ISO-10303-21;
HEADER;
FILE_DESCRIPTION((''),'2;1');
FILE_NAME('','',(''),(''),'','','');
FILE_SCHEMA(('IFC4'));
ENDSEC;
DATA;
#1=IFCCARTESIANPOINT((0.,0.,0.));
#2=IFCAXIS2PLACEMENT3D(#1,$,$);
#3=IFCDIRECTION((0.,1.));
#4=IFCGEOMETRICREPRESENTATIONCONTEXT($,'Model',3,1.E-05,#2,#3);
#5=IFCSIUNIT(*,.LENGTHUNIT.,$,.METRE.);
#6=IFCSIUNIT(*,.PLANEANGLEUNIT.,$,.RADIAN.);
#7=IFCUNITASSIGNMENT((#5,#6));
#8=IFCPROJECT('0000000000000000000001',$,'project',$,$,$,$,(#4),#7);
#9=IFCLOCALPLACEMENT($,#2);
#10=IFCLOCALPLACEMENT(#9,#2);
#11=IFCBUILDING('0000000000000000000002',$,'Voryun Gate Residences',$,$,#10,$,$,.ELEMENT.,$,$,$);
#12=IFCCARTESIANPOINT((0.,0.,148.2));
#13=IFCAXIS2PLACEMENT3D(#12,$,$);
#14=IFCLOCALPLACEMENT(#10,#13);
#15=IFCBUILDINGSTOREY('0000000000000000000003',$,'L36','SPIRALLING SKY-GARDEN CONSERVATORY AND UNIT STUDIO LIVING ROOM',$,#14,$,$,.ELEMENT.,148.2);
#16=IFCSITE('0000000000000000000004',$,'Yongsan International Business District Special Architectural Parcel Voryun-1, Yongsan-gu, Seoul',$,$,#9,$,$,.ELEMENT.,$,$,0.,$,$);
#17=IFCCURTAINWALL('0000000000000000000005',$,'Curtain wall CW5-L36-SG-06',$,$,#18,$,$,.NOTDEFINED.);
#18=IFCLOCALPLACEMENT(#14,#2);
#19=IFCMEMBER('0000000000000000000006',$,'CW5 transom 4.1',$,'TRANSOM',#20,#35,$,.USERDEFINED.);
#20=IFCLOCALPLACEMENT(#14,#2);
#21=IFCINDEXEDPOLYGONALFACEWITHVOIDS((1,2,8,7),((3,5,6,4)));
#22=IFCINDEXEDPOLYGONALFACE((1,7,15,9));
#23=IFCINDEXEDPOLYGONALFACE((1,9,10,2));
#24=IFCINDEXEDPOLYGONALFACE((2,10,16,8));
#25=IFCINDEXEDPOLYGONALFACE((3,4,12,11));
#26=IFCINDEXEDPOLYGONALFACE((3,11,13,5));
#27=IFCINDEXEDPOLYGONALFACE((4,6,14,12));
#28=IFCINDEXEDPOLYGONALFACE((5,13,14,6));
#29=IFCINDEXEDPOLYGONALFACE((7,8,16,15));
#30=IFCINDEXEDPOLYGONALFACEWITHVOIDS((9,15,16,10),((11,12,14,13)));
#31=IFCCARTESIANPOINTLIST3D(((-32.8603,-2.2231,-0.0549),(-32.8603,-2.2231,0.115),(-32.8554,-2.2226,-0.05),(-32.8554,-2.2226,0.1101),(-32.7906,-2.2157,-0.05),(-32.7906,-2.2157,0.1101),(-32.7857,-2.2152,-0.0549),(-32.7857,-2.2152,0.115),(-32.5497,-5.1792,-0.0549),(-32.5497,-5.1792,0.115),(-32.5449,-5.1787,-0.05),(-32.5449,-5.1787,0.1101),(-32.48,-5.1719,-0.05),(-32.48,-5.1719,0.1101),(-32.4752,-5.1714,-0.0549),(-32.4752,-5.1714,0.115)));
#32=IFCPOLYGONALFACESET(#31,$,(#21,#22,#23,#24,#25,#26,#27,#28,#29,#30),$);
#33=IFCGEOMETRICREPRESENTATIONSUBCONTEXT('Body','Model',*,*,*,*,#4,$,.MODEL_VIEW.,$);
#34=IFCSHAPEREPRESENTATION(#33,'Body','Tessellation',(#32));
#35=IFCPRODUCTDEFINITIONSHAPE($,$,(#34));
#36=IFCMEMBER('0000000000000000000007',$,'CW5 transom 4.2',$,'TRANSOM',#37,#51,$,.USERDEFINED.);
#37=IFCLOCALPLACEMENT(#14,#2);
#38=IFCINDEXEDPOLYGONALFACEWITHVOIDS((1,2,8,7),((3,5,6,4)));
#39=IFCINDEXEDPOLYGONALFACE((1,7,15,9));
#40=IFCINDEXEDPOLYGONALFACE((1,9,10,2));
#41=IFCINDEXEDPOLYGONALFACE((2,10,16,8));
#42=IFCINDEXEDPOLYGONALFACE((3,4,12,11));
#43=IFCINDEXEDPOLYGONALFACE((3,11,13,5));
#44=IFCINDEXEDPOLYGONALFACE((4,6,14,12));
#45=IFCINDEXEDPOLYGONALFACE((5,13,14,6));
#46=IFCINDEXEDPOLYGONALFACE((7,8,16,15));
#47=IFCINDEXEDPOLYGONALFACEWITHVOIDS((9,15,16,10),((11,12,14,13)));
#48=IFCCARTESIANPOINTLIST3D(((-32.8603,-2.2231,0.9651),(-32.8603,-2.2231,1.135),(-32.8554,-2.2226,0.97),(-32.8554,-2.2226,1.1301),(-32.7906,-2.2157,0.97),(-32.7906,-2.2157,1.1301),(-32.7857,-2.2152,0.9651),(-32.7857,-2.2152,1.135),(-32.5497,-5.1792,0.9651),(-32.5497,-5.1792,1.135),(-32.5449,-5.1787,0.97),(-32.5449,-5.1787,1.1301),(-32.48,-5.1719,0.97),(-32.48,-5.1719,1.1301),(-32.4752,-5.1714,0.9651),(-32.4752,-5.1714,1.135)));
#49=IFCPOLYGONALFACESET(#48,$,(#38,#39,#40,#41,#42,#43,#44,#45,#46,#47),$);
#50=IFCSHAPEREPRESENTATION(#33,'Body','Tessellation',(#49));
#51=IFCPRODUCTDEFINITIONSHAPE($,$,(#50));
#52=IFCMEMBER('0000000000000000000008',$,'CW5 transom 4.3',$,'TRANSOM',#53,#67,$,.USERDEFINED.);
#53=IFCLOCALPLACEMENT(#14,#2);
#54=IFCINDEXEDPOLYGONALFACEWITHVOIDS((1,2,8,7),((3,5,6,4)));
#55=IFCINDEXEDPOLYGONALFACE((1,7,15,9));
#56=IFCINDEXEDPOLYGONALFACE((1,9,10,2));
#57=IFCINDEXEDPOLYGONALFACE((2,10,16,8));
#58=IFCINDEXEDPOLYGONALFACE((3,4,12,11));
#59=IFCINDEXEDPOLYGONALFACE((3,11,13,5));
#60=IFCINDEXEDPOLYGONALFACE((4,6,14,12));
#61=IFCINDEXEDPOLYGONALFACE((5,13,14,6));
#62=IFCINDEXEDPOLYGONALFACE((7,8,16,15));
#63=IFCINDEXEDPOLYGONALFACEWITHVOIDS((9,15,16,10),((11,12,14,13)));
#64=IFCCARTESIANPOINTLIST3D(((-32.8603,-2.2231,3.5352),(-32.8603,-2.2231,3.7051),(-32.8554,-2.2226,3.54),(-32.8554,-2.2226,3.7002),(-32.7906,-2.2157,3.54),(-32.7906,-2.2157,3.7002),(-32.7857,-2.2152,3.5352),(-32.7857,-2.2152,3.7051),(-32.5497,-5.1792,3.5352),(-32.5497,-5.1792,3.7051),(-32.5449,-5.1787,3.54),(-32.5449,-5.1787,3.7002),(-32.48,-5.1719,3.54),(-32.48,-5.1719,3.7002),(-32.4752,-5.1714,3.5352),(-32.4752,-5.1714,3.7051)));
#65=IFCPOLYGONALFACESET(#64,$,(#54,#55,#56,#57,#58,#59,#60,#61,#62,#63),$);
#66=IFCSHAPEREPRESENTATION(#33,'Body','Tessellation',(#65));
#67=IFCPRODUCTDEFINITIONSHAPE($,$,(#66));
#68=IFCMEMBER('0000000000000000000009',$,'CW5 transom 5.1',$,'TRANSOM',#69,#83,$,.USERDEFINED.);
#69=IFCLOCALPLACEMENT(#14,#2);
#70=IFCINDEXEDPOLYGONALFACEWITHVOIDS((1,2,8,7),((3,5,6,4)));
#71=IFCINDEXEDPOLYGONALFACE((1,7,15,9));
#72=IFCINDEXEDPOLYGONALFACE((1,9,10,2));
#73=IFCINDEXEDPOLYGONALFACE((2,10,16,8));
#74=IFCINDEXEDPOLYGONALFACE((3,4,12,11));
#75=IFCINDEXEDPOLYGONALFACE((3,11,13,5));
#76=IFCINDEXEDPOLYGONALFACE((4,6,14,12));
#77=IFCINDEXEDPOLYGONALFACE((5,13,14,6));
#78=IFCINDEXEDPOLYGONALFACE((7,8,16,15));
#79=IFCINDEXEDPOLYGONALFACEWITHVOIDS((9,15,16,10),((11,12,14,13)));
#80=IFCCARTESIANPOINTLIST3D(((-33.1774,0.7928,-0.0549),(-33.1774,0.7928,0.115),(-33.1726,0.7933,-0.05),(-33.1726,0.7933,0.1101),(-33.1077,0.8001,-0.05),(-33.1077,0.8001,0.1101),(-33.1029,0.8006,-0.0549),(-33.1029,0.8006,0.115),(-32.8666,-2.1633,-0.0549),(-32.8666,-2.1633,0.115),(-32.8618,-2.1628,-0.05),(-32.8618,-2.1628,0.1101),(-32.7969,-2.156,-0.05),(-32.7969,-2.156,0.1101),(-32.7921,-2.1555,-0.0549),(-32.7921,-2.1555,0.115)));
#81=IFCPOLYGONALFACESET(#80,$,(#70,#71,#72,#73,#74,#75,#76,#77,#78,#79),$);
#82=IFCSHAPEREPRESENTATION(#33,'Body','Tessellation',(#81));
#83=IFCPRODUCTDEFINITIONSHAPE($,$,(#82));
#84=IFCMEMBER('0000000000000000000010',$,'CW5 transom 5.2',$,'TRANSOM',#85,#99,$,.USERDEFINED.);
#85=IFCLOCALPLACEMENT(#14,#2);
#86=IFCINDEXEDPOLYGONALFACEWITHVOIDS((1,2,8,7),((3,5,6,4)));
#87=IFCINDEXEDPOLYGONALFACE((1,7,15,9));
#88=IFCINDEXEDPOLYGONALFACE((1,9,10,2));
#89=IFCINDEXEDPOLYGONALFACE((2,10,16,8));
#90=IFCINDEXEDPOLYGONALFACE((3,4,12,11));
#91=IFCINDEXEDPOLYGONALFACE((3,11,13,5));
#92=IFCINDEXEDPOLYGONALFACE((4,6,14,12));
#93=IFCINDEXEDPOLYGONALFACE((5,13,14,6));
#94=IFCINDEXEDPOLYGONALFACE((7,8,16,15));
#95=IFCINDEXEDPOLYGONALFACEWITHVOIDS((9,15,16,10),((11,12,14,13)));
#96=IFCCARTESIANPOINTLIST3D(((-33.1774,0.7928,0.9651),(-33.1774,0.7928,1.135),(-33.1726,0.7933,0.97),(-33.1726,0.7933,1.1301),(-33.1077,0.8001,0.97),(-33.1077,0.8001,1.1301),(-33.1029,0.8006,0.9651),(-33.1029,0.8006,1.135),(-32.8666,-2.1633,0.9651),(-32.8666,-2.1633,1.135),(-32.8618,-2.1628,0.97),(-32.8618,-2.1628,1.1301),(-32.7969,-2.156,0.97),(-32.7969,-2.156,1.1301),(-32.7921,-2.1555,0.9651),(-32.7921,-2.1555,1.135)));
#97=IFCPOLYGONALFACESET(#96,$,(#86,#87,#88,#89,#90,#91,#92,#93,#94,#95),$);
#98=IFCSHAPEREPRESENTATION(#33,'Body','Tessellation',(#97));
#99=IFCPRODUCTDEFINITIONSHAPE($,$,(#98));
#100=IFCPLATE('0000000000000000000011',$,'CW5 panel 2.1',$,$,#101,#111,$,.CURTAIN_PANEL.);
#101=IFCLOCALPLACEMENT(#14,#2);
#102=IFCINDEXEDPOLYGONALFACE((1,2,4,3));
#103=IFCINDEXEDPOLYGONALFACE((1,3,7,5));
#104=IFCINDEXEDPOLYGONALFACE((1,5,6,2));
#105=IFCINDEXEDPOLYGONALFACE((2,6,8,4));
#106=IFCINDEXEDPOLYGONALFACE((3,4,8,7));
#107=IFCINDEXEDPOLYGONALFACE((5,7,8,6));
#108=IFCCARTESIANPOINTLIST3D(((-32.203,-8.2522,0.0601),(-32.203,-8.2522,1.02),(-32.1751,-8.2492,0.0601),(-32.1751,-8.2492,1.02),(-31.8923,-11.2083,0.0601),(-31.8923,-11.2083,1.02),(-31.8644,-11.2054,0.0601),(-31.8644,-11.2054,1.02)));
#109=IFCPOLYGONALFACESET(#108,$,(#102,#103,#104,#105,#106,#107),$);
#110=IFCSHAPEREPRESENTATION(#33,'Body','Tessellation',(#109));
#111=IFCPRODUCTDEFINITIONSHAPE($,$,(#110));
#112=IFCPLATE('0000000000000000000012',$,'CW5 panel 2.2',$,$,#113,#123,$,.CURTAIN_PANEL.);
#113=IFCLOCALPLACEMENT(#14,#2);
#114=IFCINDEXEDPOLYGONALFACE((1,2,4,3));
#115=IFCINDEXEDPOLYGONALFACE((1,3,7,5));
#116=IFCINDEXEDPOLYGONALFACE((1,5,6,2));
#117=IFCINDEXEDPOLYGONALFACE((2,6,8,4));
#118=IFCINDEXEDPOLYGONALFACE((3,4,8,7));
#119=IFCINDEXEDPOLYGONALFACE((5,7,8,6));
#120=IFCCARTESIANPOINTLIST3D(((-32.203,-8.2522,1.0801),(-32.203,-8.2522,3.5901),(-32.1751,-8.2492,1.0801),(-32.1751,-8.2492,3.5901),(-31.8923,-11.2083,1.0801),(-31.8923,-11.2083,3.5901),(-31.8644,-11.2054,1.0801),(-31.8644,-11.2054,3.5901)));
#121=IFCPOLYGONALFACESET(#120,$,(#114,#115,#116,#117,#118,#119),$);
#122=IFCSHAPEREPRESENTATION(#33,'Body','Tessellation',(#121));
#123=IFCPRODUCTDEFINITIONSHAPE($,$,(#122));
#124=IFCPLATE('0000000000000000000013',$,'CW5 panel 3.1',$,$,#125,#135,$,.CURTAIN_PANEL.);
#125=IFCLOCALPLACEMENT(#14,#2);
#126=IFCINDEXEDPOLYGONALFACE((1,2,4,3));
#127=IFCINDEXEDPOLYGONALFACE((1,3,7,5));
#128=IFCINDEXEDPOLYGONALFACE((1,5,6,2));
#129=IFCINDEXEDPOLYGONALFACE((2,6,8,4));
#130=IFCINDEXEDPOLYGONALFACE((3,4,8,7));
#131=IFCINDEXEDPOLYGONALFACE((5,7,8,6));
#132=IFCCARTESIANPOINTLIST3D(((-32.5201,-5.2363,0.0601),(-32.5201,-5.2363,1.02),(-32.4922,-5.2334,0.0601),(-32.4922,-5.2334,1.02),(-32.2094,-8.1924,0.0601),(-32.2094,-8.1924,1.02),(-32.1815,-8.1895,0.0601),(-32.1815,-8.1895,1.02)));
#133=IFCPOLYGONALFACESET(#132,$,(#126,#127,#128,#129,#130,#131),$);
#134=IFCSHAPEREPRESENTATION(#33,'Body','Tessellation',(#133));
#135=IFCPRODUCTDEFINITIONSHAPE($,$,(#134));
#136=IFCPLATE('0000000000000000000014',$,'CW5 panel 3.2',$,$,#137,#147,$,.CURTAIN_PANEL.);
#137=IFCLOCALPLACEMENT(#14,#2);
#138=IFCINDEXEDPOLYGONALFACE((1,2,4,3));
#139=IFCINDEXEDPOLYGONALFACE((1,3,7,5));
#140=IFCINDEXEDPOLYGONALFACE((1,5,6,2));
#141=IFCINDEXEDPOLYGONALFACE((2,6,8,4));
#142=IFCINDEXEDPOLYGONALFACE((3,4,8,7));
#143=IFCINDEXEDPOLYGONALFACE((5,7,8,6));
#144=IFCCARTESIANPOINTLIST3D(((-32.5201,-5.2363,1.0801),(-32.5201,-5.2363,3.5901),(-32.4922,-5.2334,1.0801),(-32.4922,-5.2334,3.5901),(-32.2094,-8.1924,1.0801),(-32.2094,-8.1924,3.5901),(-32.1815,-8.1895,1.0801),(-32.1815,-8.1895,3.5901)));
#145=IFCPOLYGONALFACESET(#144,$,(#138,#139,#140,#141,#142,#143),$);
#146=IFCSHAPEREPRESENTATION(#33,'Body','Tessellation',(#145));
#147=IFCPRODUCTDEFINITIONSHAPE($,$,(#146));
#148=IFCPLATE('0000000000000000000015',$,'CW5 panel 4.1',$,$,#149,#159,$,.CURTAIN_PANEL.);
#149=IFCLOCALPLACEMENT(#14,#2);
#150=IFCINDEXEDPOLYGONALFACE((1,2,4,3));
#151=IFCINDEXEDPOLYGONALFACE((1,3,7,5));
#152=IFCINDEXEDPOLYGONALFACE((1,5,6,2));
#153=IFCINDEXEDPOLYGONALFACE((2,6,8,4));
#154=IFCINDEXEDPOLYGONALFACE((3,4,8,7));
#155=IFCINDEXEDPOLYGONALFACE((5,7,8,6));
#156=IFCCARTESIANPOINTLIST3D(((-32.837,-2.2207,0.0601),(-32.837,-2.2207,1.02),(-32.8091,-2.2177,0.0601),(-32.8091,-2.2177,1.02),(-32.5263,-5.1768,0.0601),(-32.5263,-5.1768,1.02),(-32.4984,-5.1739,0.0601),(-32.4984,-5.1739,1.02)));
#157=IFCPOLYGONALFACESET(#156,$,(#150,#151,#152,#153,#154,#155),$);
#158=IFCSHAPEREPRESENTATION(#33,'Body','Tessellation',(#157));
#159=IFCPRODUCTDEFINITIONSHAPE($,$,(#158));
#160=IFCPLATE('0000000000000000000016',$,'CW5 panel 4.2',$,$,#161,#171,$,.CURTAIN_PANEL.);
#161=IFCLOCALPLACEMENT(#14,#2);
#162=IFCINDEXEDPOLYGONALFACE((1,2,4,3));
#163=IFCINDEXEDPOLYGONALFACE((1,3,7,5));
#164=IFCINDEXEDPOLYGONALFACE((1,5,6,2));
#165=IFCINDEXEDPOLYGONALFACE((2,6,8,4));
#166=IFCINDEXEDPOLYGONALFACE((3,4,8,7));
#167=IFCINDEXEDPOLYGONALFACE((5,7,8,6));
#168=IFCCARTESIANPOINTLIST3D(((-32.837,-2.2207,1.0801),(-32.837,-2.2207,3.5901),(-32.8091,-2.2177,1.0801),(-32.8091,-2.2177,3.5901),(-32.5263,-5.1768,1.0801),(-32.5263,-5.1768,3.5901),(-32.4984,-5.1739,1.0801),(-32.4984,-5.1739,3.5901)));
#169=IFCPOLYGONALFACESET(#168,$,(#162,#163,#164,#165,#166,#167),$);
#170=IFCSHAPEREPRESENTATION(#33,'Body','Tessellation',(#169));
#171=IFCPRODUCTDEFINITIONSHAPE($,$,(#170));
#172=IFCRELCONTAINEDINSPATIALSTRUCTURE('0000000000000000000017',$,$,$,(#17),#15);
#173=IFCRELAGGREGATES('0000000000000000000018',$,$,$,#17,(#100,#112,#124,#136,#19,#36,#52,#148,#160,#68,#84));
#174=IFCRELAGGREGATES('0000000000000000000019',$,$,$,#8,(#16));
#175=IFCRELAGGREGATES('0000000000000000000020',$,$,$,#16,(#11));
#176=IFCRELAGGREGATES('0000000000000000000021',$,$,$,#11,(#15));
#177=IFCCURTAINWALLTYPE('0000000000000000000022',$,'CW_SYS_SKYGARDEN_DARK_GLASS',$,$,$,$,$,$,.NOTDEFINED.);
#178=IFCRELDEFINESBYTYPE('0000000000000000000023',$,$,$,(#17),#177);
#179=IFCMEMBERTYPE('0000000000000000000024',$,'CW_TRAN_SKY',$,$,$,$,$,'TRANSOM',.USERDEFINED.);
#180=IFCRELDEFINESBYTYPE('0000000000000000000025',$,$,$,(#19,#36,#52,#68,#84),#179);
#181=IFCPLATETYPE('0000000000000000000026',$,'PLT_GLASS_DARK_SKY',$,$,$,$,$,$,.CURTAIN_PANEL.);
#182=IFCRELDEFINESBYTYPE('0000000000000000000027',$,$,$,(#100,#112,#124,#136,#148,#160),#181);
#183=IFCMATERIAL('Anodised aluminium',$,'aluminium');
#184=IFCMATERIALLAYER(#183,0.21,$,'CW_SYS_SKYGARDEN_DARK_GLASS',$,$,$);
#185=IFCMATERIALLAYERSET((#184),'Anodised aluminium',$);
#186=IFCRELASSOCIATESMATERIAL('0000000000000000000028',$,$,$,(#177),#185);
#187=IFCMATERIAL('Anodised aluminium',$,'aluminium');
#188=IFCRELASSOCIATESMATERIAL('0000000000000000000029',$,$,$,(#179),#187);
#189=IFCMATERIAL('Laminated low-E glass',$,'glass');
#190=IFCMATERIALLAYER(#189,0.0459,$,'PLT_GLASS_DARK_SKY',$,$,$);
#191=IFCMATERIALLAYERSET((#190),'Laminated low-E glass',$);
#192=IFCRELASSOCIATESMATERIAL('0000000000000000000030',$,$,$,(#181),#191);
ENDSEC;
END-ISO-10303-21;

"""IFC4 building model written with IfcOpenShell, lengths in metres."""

from ifc_helpers import new_model, si_unit, direction, frame, origin, origin_2d, place, context, subcontext, project, spatial, rectangle, hollow_rectangle, extrude, material, layer, layer_set, material_profile, profile_set, type_object, element, aggregate, save


model = new_model("IFC4")

# Units and contexts
model_context = context("Model", 3, precision=1e-05, world=origin(), true_north=direction((0.0, 1.0)))
body_context = subcontext(model_context, "Body", "Model", "MODEL_VIEW")
ifc_project = project(units=[si_unit("LENGTHUNIT", "METRE"), si_unit("PLANEANGLEUNIT", "RADIAN")], contexts=[model_context])

# Site, building, storey
site_placement = place(None, origin())
site = spatial("IfcSite", under=ifc_project, at=site_placement, Name="Yongsan International Business District Special Architectural Parcel Voryun-1, Yongsan-gu, Seoul", CompositionType="ELEMENT", RefElevation=0.0)
building_placement = place(site_placement, origin())
building = spatial("IfcBuilding", under=site, at=building_placement, Name="Voryun Gate Residences", CompositionType="ELEMENT")
storey_placement = place(building_placement, frame((0.0, 0.0, 148.2)))
storey = spatial("IfcBuildingStorey", under=building, at=storey_placement, Name="L36", Description="SPIRALLING SKY-GARDEN CONSERVATORY AND UNIT STUDIO LIVING ROOM", CompositionType="ELEMENT", Elevation=148.2)

# Curtain wall, members, plates
ifc_material_1 = material(Name="Anodised aluminium", Category="aluminium")
ifc_layer_1 = layer(ifc_material_1, 0.21, Name="CW_SYS_SKYGARDEN_DARK_GLASS")
ifc_layer_set_1 = layer_set([ifc_layer_1], Name="Anodised aluminium")
curtain_wall_type = type_object("IfcCurtainWallType", Name="CW_SYS_SKYGARDEN_DARK_GLASS", PredefinedType="NOTDEFINED", material=ifc_layer_set_1)
curtain_wall_placement = place(storey_placement, origin())
curtain_wall = element("IfcCurtainWall", 1, at=curtain_wall_placement, inside=storey, type_object=curtain_wall_type, Name="Curtain wall CW5-L36-SG-06", PredefinedType="NOTDEFINED")
ifc_material_2 = material(Name="Anodised aluminium", Category="aluminium")
ifc_material_profile_1 = material_profile(ifc_material_2, hollow_rectangle(XDim=0.075, YDim=0.1699, WallThickness=0.0049, at=origin_2d()), Name="ALU-TRAN-170x75x5")
ifc_profile_set_1 = profile_set([ifc_material_profile_1], Name="Anodised aluminium")
member_type_1 = type_object("IfcMemberType", Name="CW_TRAN_SKY", ElementType="TRANSOM", PredefinedType="USERDEFINED", material=ifc_profile_set_1)
member_1_placement = place(storey_placement, frame((-32.5125, -5.1753, 0.03), z_axis=(-0.10448, 0.994527, 0.0), x_axis=(-0.994527, -0.10448, 0.0)))
member_1 = element("IfcMember", 2, at=member_1_placement, type_object=member_type_1, Name="CW5 transom 4.1", ObjectType="TRANSOM", PredefinedType="USERDEFINED", context=body_context, shape_type="SweptSolid", body=[
    extrude(hollow_rectangle(XDim=0.075, YDim=0.1699, WallThickness=0.0049, at=origin_2d()), origin(), (0.0, 0.0, 1.0), 2.9724),
])
member_2_placement = place(storey_placement, frame((-32.5125, -5.1753, 1.05), z_axis=(-0.10448, 0.994527, 0.0), x_axis=(-0.994527, -0.10448, 0.0)))
member_2 = element("IfcMember", 3, at=member_2_placement, type_object=member_type_1, Name="CW5 transom 4.2", ObjectType="TRANSOM", PredefinedType="USERDEFINED", context=body_context, shape_type="SweptSolid", body=[
    extrude(hollow_rectangle(XDim=0.075, YDim=0.1699, WallThickness=0.0049, at=origin_2d()), origin(), (0.0, 0.0, 1.0), 2.9724),
])
member_3_placement = place(storey_placement, frame((-32.5125, -5.1753, 3.6201), z_axis=(-0.10448, 0.994527, 0.0), x_axis=(-0.994527, -0.10448, 0.0)))
member_3 = element("IfcMember", 4, at=member_3_placement, type_object=member_type_1, Name="CW5 transom 4.3", ObjectType="TRANSOM", PredefinedType="USERDEFINED", context=body_context, shape_type="SweptSolid", body=[
    extrude(hollow_rectangle(XDim=0.075, YDim=0.1699, WallThickness=0.0049, at=origin_2d()), origin(), (0.0, 0.0, 1.0), 2.9724),
])
member_4_placement = place(storey_placement, frame((-32.8293, -2.1594, 0.03), z_axis=(-0.104561, 0.994518, 0.0), x_axis=(-0.994518, -0.104561, 0.0)))
member_4 = element("IfcMember", 5, at=member_4_placement, type_object=member_type_1, Name="CW5 transom 5.1", ObjectType="TRANSOM", PredefinedType="USERDEFINED", context=body_context, shape_type="SweptSolid", body=[
    extrude(hollow_rectangle(XDim=0.075, YDim=0.1699, WallThickness=0.0049, at=origin_2d()), origin(), (0.0, 0.0, 1.0), 2.9724),
])
member_5_placement = place(storey_placement, frame((-32.8293, -2.1594, 1.05), z_axis=(-0.104561, 0.994518, 0.0), x_axis=(-0.994518, -0.104561, 0.0)))
member_5 = element("IfcMember", 6, at=member_5_placement, type_object=member_type_1, Name="CW5 transom 5.2", ObjectType="TRANSOM", PredefinedType="USERDEFINED", context=body_context, shape_type="SweptSolid", body=[
    extrude(hollow_rectangle(XDim=0.075, YDim=0.1699, WallThickness=0.0049, at=origin_2d()), origin(), (0.0, 0.0, 1.0), 2.9724),
])
ifc_material_3 = material(Name="Laminated low-E glass", Category="glass")
ifc_layer_2 = layer(ifc_material_3, 0.0459, Name="PLT_GLASS_DARK_SKY")
ifc_layer_set_2 = layer_set([ifc_layer_2], Name="Laminated low-E glass")
plate_type = type_object("IfcPlateType", Name="PLT_GLASS_DARK_SKY", PredefinedType="CURTAIN_PANEL", material=ifc_layer_set_2)
plate_1_placement = place(storey_placement, frame((-32.0337, -9.7288, 0.0601), z_axis=(0.0, 0.0, 1.0), x_axis=(-0.10453, 0.994522, 0.0)))
plate_1 = element("IfcPlate", 7, at=plate_1_placement, type_object=plate_type, Name="CW5 panel 2.1", PredefinedType="CURTAIN_PANEL", context=body_context, shape_type="SweptSolid", body=[
    extrude(rectangle(XDim=2.9724, YDim=0.0281, at=origin_2d()), origin(), (0.0, 0.0, 1.0), 0.96),
])
plate_2_placement = place(storey_placement, frame((-32.0337, -9.7288, 1.0801), z_axis=(0.0, 0.0, 1.0), x_axis=(-0.10453, 0.994522, 0.0)))
plate_2 = element("IfcPlate", 8, at=plate_2_placement, type_object=plate_type, Name="CW5 panel 2.2", PredefinedType="CURTAIN_PANEL", context=body_context, shape_type="SweptSolid", body=[
    extrude(rectangle(XDim=2.9724, YDim=0.0281, at=origin_2d()), origin(), (0.0, 0.0, 1.0), 2.51),
])
plate_3_placement = place(storey_placement, frame((-32.3508, -6.7129, 0.0601), z_axis=(0.0, 0.0, 1.0), x_axis=(-0.10453, 0.994522, 0.0)))
plate_3 = element("IfcPlate", 9, at=plate_3_placement, type_object=plate_type, Name="CW5 panel 3.1", PredefinedType="CURTAIN_PANEL", context=body_context, shape_type="SweptSolid", body=[
    extrude(rectangle(XDim=2.9724, YDim=0.0281, at=origin_2d()), origin(), (0.0, 0.0, 1.0), 0.96),
])
plate_4_placement = place(storey_placement, frame((-32.3508, -6.7129, 1.0801), z_axis=(0.0, 0.0, 1.0), x_axis=(-0.10453, 0.994522, 0.0)))
plate_4 = element("IfcPlate", 10, at=plate_4_placement, type_object=plate_type, Name="CW5 panel 3.2", PredefinedType="CURTAIN_PANEL", context=body_context, shape_type="SweptSolid", body=[
    extrude(rectangle(XDim=2.9724, YDim=0.0281, at=origin_2d()), origin(), (0.0, 0.0, 1.0), 2.51),
])
plate_5_placement = place(storey_placement, frame((-32.6677, -3.6973, 0.0601), z_axis=(0.0, 0.0, 1.0), x_axis=(-0.10453, 0.994522, 0.0)))
plate_5 = element("IfcPlate", 11, at=plate_5_placement, type_object=plate_type, Name="CW5 panel 4.1", PredefinedType="CURTAIN_PANEL", context=body_context, shape_type="SweptSolid", body=[
    extrude(rectangle(XDim=2.9724, YDim=0.0281, at=origin_2d()), origin(), (0.0, 0.0, 1.0), 0.96),
])
plate_6_placement = place(storey_placement, frame((-32.6677, -3.6973, 1.0801), z_axis=(0.0, 0.0, 1.0), x_axis=(-0.10453, 0.994522, 0.0)))
plate_6 = element("IfcPlate", 12, at=plate_6_placement, type_object=plate_type, Name="CW5 panel 4.2", PredefinedType="CURTAIN_PANEL", context=body_context, shape_type="SweptSolid", body=[
    extrude(rectangle(XDim=2.9724, YDim=0.0281, at=origin_2d()), origin(), (0.0, 0.0, 1.0), 2.51),
])
aggregate(curtain_wall, [plate_1, plate_2, plate_3, plate_4, member_1, member_2, member_3, plate_5, plate_6, member_4, member_5])

save(model, "model.ifc")
